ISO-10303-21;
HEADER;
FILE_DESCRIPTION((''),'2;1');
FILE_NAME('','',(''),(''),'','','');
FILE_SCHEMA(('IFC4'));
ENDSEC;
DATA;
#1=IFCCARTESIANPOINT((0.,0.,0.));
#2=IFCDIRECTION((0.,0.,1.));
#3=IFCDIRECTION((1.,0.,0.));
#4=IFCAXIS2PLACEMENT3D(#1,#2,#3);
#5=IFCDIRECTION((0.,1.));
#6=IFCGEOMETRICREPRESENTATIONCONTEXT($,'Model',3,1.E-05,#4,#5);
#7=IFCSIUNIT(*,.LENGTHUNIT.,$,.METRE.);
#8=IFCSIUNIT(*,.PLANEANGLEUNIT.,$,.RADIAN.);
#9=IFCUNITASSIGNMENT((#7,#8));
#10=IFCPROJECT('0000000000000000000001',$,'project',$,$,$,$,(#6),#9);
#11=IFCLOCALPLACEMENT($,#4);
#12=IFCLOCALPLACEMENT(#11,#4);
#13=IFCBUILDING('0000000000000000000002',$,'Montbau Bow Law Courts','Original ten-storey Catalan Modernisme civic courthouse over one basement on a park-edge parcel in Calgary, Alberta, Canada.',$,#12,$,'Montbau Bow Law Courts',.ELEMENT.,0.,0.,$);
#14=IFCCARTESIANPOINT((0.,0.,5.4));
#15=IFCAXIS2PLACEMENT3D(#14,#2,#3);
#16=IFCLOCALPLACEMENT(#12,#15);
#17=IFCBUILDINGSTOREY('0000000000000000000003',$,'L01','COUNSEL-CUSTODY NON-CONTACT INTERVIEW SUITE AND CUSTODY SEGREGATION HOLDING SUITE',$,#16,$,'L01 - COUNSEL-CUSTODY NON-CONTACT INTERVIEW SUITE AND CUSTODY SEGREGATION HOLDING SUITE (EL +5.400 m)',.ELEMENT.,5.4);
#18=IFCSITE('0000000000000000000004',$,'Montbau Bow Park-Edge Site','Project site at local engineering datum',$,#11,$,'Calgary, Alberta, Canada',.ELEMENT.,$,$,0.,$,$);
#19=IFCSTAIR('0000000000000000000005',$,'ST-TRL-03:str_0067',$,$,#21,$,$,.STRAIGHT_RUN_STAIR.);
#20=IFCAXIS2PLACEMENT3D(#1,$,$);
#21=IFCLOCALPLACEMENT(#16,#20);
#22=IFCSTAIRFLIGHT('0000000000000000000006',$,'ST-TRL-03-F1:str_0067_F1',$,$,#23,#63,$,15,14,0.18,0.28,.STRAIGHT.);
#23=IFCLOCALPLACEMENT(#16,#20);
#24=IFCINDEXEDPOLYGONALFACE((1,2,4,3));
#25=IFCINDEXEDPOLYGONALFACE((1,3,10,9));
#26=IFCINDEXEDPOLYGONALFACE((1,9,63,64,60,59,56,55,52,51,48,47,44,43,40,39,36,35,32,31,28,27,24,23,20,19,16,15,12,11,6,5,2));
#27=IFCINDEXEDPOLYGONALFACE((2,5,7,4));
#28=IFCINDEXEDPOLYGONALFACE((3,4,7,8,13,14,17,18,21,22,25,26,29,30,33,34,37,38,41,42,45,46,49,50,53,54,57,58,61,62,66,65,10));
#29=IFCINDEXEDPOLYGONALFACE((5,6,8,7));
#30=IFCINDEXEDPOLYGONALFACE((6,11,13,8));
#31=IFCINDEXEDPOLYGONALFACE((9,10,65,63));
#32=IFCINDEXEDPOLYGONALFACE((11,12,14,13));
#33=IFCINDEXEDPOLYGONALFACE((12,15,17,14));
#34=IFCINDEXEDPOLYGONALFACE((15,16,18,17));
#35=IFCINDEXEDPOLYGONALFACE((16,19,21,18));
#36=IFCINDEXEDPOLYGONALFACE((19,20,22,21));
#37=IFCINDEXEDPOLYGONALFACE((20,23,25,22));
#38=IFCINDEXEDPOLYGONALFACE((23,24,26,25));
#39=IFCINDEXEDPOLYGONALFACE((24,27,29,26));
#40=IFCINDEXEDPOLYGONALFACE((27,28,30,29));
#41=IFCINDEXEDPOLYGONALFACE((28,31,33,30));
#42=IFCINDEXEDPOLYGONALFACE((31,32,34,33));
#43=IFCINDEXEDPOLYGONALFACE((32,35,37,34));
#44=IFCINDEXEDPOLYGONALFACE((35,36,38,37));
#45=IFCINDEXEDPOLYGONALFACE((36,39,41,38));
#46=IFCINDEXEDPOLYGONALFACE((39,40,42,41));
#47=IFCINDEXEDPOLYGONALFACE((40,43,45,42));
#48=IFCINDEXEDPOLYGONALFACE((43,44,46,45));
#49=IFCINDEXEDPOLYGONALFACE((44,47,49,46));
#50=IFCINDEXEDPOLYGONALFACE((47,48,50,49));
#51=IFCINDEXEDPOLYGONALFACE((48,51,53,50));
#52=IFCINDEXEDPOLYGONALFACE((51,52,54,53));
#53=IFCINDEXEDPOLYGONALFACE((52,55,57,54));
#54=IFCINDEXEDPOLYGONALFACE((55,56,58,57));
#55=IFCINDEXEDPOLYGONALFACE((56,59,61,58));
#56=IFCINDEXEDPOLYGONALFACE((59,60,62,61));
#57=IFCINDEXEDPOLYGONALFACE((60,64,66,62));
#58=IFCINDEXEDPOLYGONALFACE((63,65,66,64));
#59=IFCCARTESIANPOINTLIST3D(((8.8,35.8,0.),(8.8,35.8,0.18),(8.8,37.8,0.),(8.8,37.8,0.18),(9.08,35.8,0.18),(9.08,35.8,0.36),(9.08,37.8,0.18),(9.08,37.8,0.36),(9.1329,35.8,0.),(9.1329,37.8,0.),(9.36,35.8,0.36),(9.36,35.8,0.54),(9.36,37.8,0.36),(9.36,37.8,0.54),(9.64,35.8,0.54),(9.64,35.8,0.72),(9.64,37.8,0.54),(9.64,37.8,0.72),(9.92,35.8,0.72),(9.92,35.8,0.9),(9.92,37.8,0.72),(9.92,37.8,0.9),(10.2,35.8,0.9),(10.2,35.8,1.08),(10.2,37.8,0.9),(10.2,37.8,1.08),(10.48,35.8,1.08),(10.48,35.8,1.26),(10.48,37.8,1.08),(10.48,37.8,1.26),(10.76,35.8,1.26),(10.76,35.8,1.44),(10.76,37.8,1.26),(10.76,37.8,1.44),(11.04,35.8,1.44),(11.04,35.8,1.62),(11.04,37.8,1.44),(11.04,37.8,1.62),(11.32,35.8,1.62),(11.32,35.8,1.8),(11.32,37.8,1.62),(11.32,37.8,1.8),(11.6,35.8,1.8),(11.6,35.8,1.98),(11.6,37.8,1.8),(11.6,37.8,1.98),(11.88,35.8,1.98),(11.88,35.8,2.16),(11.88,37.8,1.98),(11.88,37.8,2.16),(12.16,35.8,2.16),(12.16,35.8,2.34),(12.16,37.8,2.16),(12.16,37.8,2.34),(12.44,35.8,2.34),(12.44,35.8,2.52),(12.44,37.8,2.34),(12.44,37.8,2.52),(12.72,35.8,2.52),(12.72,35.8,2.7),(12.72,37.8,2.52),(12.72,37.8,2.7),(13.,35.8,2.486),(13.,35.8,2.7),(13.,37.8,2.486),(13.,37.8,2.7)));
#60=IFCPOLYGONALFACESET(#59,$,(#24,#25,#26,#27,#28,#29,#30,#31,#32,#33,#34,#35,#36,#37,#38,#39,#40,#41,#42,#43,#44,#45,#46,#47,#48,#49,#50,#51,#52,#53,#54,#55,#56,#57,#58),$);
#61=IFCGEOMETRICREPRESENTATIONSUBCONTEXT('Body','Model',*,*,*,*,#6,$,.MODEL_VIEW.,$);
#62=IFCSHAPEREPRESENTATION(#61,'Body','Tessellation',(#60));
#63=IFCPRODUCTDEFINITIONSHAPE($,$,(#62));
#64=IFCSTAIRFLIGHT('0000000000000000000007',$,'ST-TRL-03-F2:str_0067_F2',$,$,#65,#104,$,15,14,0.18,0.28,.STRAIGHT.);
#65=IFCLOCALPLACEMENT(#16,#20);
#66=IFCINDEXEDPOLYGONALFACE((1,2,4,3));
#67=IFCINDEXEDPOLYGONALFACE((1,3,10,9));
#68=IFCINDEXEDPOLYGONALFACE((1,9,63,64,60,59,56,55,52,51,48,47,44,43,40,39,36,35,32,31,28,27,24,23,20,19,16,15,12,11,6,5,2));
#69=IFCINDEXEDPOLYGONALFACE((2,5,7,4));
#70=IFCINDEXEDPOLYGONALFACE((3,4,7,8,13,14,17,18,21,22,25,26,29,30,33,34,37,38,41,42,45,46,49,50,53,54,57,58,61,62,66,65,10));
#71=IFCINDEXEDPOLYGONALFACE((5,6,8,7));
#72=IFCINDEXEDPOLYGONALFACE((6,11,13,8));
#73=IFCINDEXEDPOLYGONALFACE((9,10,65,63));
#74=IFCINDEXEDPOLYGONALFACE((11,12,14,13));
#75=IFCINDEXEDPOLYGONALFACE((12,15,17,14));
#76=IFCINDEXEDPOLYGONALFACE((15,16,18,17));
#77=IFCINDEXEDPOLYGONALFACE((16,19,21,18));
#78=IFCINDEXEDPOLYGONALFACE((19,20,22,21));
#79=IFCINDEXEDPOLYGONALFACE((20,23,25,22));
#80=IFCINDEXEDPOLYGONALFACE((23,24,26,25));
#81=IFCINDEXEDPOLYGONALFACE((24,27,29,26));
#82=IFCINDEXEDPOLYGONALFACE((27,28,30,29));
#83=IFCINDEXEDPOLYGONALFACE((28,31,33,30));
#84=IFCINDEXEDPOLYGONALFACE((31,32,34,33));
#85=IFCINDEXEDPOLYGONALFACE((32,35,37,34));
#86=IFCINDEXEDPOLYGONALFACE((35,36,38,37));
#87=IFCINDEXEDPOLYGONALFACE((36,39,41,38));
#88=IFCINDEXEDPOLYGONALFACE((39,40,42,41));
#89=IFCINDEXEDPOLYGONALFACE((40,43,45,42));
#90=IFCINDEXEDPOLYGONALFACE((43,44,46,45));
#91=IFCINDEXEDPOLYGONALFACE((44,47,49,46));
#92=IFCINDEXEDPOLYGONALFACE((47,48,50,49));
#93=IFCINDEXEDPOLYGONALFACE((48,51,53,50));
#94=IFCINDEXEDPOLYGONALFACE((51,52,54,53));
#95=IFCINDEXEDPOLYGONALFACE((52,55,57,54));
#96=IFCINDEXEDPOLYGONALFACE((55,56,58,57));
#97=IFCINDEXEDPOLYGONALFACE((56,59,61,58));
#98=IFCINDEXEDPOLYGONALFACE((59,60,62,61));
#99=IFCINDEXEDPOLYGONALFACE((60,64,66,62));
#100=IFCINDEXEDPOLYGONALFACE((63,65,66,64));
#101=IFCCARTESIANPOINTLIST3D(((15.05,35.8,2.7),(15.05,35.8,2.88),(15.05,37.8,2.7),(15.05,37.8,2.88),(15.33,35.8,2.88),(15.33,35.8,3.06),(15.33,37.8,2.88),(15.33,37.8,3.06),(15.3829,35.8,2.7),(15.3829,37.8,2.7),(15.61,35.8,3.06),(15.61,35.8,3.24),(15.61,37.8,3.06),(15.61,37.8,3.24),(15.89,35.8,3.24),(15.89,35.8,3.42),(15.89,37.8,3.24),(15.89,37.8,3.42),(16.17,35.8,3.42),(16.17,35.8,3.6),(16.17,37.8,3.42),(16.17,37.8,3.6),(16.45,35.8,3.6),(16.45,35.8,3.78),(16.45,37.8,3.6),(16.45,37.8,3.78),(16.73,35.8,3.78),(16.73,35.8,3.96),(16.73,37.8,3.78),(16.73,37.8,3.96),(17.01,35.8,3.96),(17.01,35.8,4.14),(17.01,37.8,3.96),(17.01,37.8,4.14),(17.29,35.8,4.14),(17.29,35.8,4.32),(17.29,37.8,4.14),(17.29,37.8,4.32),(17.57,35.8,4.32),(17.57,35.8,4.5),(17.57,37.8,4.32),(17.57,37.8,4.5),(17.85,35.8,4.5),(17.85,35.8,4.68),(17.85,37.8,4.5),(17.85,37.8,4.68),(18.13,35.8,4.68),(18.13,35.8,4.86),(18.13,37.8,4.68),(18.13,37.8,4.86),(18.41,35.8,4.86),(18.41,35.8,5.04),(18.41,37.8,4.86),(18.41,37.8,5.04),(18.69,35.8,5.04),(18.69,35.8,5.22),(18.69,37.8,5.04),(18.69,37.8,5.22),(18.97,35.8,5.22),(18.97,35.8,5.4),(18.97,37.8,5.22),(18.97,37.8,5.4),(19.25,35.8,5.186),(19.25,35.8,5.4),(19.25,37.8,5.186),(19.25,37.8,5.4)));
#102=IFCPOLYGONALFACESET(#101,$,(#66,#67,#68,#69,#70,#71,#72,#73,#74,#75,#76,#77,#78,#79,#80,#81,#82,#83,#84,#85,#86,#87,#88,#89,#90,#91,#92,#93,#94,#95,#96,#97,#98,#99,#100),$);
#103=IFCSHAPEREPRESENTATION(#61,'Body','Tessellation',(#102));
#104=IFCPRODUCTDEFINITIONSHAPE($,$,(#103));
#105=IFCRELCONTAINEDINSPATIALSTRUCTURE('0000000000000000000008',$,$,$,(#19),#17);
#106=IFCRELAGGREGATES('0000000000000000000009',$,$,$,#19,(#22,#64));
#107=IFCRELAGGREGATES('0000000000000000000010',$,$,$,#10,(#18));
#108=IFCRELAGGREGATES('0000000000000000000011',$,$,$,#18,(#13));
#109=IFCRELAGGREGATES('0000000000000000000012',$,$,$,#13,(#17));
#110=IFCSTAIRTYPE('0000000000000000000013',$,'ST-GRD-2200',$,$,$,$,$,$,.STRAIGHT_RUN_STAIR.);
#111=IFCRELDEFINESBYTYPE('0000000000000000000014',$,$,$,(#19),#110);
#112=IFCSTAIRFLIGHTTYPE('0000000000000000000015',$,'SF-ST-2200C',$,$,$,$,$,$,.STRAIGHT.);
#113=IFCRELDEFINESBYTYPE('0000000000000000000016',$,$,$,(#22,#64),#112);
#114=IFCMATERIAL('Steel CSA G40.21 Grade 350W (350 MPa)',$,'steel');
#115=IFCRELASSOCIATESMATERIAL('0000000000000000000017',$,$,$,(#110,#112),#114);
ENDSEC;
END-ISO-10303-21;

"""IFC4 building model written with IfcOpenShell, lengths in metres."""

from ifc_helpers import new_model, si_unit, direction, frame, origin_with_axes, place, context, subcontext, project, spatial, polyline, outline, extrude, material, type_object, element, aggregate, save


model = new_model("IFC4")

# Units and contexts
model_context = context("Model", 3, precision=1e-05, world=origin_with_axes(), true_north=direction((0.0, 1.0)))
body_context = subcontext(model_context, "Body", "Model", "MODEL_VIEW")
ifc_project = project(units=[si_unit("LENGTHUNIT", "METRE"), si_unit("PLANEANGLEUNIT", "RADIAN")], contexts=[model_context])

# Site, building, storey
site_placement = place(None, origin_with_axes())
site = spatial("IfcSite", under=ifc_project, at=site_placement, Name="Montbau Bow Park-Edge Site", Description="Project site at local engineering datum", LongName="Calgary, Alberta, Canada", CompositionType="ELEMENT", RefElevation=0.0)
building_placement = place(site_placement, origin_with_axes())
building = spatial("IfcBuilding", under=site, at=building_placement, Name="Montbau Bow Law Courts", Description="Original ten-storey Catalan Modernisme civic courthouse over one basement on a park-edge parcel in Calgary, Alberta, Canada.", LongName="Montbau Bow Law Courts", CompositionType="ELEMENT", ElevationOfRefHeight=0.0, ElevationOfTerrain=0.0)
storey_placement = place(building_placement, frame((0.0, 0.0, 5.4), z_axis=(0.0, 0.0, 1.0), x_axis=(1.0, 0.0, 0.0)))
storey = spatial("IfcBuildingStorey", under=building, at=storey_placement, Name="L01", Description="COUNSEL-CUSTODY NON-CONTACT INTERVIEW SUITE AND CUSTODY SEGREGATION HOLDING SUITE", LongName="L01 - COUNSEL-CUSTODY NON-CONTACT INTERVIEW SUITE AND CUSTODY SEGREGATION HOLDING SUITE (EL +5.400 m)", CompositionType="ELEMENT", Elevation=5.4)

# Shared definitions
ifc_material_1 = material(Name="Steel CSA G40.21 Grade 350W (350 MPa)", Category="steel")

# Stair, stair flights
stair_type = type_object("IfcStairType", Name="ST-GRD-2200", PredefinedType="STRAIGHT_RUN_STAIR", material=ifc_material_1)
stair_placement = place(None, frame((8.8, 36.8, 5.4), z_axis=(0.0, 0.0, 1.0), x_axis=(1.0, 0.0, 0.0)))
stair = element("IfcStair", 1, at=stair_placement, inside=storey, type_object=stair_type, Name="ST-TRL-03:str_0067", PredefinedType="STRAIGHT_RUN_STAIR")
stair_flight_type = type_object("IfcStairFlightType", Name="SF-ST-2200C", PredefinedType="STRAIGHT", material=ifc_material_1)
stair_flight_1_placement = place(None, frame((8.8, 36.8, 5.4), z_axis=(0.0, 0.0, 1.0), x_axis=(1.0, 0.0, 0.0)))
stair_flight_1 = element("IfcStairFlight", 2, at=stair_flight_1_placement, type_object=stair_flight_type, Name="ST-TRL-03-F1:str_0067_F1", NumberOfRisers=15, NumberOfTreads=14, PredefinedType="STRAIGHT", RiserHeight=0.18, TreadLength=0.28, context=body_context, shape_type="SweptSolid", body=[
    extrude(outline(polyline([(0.0, 0.0), (0.0, 0.18), (0.28, 0.18), (0.28, 0.36), (0.56, 0.36), (0.56, 0.54), (0.84, 0.54), (0.84, 0.72), (1.12, 0.72), (1.12, 0.9), (1.4, 0.9), (1.4, 1.08), (1.68, 1.08), (1.68, 1.26), (1.96, 1.26), (1.96, 1.44), (2.24, 1.44), (2.24, 1.62), (2.52, 1.62), (2.52, 1.8), (2.8, 1.8), (2.8, 1.98), (3.08, 1.98), (3.08, 2.16), (3.36, 2.16), (3.36, 2.34), (3.64, 2.34), (3.64, 2.52), (3.92, 2.52), (3.92, 2.7), (4.2, 2.7), (4.2, 2.486), (0.3329, 0.0), (0.0, 0.0)])), frame((0.0, 1.0, 0.0), z_axis=(0.0, -1.0, 0.0), x_axis=(1.0, 0.0, 0.0)), (0.0, 0.0, 1.0), 2.0),
])
stair_flight_2_placement = place(None, frame((15.05, 36.8, 8.1), z_axis=(0.0, 0.0, 1.0), x_axis=(1.0, 0.0, 0.0)))
stair_flight_2 = element("IfcStairFlight", 3, at=stair_flight_2_placement, type_object=stair_flight_type, Name="ST-TRL-03-F2:str_0067_F2", NumberOfRisers=15, NumberOfTreads=14, PredefinedType="STRAIGHT", RiserHeight=0.18, TreadLength=0.28, context=body_context, shape_type="SweptSolid", body=[
    extrude(outline(polyline([(0.0, 0.0), (0.0, 0.18), (0.28, 0.18), (0.28, 0.36), (0.56, 0.36), (0.56, 0.54), (0.84, 0.54), (0.84, 0.72), (1.12, 0.72), (1.12, 0.9), (1.4, 0.9), (1.4, 1.08), (1.68, 1.08), (1.68, 1.26), (1.96, 1.26), (1.96, 1.44), (2.24, 1.44), (2.24, 1.62), (2.52, 1.62), (2.52, 1.8), (2.8, 1.8), (2.8, 1.98), (3.08, 1.98), (3.08, 2.16), (3.36, 2.16), (3.36, 2.34), (3.64, 2.34), (3.64, 2.52), (3.92, 2.52), (3.92, 2.7), (4.2, 2.7), (4.2, 2.486), (0.3329, 0.0), (0.0, 0.0)])), frame((0.0, 1.0, 0.0), z_axis=(0.0, -1.0, 0.0), x_axis=(1.0, 0.0, 0.0)), (0.0, 0.0, 1.0), 2.0),
])
aggregate(stair, [stair_flight_1, stair_flight_2])

save(model, "model.ifc")
